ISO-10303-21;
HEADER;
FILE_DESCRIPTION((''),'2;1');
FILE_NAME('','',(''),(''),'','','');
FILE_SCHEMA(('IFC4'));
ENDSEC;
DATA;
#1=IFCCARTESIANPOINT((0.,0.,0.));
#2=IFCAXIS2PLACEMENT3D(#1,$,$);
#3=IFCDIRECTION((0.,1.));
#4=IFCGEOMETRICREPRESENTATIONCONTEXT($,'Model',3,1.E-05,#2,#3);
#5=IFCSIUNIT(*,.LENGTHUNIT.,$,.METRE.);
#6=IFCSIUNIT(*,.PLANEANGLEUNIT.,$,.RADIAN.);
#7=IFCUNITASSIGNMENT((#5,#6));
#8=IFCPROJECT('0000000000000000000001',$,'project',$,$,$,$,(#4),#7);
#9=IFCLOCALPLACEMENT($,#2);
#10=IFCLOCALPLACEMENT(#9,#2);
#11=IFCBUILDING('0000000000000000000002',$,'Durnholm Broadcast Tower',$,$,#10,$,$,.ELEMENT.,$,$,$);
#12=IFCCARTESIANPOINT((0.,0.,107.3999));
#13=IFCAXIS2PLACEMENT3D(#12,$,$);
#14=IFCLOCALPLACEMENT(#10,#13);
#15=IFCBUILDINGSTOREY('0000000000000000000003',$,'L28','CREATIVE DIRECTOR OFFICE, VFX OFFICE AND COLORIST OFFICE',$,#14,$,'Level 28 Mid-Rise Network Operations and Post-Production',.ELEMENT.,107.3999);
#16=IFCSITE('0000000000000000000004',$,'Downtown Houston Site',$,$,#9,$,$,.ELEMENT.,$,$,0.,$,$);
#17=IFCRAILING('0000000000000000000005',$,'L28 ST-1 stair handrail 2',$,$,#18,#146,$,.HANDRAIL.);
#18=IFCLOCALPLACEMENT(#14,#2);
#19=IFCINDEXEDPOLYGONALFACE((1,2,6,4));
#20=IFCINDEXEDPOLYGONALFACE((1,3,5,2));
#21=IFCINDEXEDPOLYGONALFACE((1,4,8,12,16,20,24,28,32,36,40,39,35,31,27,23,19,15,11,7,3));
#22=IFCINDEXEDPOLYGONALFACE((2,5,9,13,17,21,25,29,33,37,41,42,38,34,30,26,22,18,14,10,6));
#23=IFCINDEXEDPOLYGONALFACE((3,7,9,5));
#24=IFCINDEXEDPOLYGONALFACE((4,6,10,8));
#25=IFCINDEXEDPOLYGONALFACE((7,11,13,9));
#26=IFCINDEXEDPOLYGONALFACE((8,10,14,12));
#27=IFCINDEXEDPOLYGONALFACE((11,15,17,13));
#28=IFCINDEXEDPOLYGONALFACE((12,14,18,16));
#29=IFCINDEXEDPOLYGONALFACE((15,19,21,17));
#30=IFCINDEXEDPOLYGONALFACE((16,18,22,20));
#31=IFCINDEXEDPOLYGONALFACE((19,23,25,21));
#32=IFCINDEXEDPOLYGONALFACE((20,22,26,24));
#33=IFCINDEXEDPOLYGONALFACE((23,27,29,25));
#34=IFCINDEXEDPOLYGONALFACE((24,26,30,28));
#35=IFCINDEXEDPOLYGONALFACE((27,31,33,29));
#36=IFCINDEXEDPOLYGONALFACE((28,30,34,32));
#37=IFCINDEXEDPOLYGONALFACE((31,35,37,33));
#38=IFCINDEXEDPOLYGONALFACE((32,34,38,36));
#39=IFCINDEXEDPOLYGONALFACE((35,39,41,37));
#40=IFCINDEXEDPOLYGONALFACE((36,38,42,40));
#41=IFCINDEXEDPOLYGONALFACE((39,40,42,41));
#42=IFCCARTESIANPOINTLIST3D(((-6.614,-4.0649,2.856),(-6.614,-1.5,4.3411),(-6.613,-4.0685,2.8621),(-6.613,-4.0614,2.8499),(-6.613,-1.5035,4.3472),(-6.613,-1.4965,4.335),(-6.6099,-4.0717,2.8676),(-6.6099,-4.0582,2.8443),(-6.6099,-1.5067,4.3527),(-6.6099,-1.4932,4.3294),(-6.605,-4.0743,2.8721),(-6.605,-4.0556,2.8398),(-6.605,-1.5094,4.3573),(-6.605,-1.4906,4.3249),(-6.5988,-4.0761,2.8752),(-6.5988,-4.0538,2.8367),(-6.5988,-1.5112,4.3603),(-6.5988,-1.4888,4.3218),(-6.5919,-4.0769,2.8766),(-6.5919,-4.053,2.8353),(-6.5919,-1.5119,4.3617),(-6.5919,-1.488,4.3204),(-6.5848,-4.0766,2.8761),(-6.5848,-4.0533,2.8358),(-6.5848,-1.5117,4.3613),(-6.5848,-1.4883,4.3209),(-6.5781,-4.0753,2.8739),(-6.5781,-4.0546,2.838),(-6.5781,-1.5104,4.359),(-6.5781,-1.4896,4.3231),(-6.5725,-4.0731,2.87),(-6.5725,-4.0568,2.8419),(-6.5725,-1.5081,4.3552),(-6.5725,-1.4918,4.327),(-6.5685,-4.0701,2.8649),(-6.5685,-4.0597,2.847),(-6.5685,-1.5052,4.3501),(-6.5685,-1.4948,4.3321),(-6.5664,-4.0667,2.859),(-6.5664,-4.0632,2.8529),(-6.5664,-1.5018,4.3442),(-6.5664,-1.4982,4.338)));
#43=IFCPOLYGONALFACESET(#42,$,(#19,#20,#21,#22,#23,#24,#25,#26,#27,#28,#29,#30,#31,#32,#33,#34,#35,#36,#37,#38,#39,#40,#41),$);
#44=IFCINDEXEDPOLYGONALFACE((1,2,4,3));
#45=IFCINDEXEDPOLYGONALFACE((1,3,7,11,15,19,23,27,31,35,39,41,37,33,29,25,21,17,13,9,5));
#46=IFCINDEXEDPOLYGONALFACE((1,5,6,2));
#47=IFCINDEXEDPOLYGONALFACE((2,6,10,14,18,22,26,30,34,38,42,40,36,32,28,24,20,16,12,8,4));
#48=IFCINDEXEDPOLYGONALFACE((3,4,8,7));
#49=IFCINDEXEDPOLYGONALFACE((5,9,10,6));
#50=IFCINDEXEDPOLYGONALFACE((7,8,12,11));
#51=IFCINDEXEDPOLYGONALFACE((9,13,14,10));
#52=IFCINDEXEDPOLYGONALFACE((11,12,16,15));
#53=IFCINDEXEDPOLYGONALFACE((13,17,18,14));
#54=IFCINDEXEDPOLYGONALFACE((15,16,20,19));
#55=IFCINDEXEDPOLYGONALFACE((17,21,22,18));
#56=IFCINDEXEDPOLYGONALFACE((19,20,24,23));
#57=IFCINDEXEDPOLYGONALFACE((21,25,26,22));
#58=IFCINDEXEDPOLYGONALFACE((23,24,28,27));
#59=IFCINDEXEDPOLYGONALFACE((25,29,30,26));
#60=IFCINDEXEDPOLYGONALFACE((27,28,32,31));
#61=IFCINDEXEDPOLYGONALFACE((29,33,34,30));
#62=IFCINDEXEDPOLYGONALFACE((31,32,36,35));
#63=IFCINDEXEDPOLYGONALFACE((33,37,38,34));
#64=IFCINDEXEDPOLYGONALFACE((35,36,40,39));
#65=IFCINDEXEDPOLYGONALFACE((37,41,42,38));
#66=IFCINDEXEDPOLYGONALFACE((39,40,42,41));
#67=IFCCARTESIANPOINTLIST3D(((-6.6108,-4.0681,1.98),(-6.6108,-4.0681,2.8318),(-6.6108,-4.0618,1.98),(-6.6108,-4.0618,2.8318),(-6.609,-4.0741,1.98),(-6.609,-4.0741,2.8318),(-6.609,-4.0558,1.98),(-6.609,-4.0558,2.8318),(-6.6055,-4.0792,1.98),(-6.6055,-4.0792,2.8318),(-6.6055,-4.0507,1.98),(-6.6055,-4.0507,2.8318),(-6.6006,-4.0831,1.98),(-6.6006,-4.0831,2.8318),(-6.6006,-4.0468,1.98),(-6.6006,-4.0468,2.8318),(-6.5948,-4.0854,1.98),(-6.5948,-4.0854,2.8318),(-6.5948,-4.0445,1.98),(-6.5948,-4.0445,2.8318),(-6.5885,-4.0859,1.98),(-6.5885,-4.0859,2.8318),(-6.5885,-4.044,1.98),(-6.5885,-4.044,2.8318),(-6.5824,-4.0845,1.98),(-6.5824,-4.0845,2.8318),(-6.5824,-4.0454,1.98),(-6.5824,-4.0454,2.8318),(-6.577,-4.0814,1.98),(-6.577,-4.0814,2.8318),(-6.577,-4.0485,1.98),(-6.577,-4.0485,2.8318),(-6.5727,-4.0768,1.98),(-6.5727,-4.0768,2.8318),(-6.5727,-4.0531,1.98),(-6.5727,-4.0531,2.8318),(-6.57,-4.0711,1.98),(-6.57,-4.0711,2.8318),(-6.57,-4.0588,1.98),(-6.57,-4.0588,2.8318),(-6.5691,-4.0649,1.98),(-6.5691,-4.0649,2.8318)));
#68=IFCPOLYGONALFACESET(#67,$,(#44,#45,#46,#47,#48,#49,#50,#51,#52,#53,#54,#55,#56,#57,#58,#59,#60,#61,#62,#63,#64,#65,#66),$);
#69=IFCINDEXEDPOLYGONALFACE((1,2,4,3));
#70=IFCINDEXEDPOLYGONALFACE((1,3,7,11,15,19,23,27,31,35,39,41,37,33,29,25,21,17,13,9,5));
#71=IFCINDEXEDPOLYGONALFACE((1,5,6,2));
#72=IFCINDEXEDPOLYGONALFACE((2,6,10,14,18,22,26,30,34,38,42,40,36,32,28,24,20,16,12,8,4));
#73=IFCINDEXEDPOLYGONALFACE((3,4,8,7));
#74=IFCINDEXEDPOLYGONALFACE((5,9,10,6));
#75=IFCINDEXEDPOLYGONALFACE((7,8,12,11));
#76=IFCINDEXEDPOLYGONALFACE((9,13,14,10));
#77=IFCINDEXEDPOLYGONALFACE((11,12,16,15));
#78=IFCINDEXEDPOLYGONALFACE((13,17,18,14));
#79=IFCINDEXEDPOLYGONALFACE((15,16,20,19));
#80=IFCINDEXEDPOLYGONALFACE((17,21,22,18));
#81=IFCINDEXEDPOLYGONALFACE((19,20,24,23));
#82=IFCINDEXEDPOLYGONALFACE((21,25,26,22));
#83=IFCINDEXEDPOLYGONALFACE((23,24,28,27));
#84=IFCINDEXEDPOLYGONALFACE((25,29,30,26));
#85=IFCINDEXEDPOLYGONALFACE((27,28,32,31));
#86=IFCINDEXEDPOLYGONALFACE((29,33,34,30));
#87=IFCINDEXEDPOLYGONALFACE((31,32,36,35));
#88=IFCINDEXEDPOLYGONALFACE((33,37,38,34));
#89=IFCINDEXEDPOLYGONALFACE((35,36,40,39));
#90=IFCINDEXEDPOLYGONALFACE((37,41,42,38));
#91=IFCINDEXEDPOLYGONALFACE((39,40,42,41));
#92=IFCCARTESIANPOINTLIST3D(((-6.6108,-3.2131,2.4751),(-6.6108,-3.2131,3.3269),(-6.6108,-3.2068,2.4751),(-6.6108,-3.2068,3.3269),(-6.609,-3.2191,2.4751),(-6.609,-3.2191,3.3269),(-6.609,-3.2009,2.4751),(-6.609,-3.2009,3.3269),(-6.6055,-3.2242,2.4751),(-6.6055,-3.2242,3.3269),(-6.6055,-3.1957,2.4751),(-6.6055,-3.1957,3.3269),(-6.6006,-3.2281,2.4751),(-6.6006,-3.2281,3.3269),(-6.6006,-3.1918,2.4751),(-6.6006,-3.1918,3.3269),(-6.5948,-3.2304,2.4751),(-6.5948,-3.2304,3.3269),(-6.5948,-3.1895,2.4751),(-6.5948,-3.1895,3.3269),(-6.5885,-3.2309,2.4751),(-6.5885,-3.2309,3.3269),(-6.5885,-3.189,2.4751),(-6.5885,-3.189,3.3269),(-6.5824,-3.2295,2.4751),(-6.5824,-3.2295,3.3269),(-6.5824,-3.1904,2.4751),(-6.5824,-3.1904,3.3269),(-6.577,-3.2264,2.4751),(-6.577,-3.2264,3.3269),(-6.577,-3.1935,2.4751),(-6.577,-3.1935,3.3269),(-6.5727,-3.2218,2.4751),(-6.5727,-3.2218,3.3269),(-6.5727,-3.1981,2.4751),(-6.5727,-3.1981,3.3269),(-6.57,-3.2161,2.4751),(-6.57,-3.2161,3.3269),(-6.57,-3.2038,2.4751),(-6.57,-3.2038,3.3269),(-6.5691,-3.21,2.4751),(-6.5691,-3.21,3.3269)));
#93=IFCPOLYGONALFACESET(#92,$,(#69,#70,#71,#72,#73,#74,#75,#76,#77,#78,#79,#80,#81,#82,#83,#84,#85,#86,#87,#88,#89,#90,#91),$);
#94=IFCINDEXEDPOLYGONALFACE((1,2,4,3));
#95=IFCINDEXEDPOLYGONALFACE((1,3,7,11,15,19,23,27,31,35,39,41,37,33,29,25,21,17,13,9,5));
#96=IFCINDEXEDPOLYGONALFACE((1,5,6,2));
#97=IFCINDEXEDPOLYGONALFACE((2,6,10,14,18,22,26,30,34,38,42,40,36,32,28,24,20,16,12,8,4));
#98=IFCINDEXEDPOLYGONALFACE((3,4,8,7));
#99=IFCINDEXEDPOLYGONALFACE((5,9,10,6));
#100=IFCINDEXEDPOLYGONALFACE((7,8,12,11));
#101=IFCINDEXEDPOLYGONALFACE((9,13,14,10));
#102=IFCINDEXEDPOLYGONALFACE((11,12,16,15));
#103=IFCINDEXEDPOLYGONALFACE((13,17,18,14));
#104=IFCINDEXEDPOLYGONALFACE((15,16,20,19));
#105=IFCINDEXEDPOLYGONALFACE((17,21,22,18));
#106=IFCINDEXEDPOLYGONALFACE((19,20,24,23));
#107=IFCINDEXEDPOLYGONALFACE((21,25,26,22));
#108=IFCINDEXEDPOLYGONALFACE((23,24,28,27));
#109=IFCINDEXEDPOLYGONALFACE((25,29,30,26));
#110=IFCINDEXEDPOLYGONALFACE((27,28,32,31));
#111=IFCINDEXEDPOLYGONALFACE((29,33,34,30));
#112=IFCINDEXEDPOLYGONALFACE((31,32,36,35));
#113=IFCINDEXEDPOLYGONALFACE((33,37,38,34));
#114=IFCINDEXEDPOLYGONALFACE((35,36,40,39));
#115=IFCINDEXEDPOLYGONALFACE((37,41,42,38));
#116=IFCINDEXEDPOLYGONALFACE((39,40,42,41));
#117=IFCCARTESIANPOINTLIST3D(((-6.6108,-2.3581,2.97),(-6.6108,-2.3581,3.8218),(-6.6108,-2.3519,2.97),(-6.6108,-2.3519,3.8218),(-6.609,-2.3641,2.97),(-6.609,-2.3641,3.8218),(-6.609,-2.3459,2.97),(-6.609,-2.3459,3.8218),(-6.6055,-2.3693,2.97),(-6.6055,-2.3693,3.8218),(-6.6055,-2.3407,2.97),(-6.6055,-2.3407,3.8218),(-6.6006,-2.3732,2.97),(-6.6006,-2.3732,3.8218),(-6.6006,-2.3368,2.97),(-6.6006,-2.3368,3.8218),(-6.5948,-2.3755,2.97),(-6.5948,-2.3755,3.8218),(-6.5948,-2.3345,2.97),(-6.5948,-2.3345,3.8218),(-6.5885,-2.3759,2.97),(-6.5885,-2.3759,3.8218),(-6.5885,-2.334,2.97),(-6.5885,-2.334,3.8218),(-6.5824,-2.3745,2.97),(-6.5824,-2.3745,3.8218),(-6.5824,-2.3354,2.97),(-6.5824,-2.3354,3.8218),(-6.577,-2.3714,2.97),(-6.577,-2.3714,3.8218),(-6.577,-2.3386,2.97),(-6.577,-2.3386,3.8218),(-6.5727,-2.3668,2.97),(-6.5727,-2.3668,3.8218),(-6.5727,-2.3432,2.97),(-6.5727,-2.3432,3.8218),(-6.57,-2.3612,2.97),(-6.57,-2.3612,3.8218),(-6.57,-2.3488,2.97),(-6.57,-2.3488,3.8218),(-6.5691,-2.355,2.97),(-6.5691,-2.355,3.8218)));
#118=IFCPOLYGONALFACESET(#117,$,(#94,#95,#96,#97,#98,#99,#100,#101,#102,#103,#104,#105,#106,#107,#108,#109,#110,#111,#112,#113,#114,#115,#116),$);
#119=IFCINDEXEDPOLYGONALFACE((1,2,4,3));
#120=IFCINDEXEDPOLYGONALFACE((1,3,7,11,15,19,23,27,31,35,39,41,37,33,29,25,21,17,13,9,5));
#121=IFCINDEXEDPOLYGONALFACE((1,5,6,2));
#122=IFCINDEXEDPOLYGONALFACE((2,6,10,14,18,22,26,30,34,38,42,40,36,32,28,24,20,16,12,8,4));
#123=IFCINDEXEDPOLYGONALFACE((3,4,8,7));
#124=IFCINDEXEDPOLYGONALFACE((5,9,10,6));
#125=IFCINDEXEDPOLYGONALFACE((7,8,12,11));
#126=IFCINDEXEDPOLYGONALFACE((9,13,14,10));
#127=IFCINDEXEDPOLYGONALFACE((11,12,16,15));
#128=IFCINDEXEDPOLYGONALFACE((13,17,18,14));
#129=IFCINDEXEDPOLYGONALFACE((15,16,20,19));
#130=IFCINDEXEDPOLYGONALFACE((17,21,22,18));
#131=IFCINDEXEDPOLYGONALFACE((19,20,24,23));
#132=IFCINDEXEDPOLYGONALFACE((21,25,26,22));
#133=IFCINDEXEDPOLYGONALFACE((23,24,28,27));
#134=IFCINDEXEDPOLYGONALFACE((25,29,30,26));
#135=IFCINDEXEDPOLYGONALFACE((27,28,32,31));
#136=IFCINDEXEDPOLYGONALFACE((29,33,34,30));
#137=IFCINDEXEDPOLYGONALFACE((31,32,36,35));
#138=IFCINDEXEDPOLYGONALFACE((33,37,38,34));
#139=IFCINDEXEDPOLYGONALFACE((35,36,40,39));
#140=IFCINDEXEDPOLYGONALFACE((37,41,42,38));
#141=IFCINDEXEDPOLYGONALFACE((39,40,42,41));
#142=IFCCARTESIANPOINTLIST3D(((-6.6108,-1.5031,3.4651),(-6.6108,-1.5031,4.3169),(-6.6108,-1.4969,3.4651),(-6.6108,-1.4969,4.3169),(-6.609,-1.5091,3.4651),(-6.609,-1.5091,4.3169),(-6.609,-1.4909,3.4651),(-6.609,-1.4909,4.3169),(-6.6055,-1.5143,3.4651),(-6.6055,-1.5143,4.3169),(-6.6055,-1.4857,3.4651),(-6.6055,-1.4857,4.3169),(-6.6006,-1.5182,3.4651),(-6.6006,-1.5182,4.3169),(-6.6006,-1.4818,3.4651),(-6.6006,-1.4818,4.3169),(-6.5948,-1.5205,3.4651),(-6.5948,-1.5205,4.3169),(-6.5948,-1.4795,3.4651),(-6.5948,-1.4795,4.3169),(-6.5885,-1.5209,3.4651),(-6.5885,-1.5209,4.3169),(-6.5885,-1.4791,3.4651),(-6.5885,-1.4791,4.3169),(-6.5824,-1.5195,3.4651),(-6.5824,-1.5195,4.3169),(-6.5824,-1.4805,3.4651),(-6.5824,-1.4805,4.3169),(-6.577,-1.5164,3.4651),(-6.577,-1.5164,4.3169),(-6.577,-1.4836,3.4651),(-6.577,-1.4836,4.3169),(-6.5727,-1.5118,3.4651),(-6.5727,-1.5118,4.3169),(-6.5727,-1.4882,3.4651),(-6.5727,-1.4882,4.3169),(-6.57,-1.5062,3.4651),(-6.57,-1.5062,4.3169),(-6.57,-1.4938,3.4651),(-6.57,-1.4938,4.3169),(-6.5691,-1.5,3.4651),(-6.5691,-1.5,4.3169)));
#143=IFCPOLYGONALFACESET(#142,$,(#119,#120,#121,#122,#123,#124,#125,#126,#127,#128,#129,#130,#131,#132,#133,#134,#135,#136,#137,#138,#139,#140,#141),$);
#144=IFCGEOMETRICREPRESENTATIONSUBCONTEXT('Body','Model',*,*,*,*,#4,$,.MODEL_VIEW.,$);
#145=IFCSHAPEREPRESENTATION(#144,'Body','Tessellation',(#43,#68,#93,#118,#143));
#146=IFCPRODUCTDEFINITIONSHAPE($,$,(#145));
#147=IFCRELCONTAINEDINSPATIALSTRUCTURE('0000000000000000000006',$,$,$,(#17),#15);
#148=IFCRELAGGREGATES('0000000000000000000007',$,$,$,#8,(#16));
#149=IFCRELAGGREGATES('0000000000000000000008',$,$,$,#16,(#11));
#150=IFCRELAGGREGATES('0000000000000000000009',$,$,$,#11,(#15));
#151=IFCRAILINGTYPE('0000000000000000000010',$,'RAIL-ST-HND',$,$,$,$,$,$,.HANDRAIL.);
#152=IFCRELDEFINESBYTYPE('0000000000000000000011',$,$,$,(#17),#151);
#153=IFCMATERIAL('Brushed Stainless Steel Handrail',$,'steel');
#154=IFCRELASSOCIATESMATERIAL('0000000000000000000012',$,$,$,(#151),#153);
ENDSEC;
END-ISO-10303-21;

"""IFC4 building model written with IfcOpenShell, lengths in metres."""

from ifc_helpers import new_model, si_unit, direction, frame, origin, origin_2d, place, context, subcontext, project, spatial, circle, extrude, material, type_object, element, save


model = new_model("IFC4")

# Units and contexts
model_context = context("Model", 3, precision=1e-05, world=origin(), true_north=direction((0.0, 1.0)))
body_context = subcontext(model_context, "Body", "Model", "MODEL_VIEW")
ifc_project = project(units=[si_unit("LENGTHUNIT", "METRE"), si_unit("PLANEANGLEUNIT", "RADIAN")], contexts=[model_context])

# Site, building, storey
site_placement = place(None, origin())
site = spatial("IfcSite", under=ifc_project, at=site_placement, Name="Downtown Houston Site", CompositionType="ELEMENT", RefElevation=0.0)
building_placement = place(site_placement, origin())
building = spatial("IfcBuilding", under=site, at=building_placement, Name="Durnholm Broadcast Tower", CompositionType="ELEMENT")
storey_placement = place(building_placement, frame((0.0, 0.0, 107.3999)))
storey = spatial("IfcBuildingStorey", under=building, at=storey_placement, Name="L28", Description="CREATIVE DIRECTOR OFFICE, VFX OFFICE AND COLORIST OFFICE", LongName="Level 28 Mid-Rise Network Operations and Post-Production", CompositionType="ELEMENT", Elevation=107.3999)

# Railing
ifc_material_1 = material(Name="Brushed Stainless Steel Handrail", Category="steel")
railing_type_1 = type_object("IfcRailingType", Name="RAIL-ST-HND", PredefinedType="HANDRAIL", material=ifc_material_1)
railing_1_placement = place(storey_placement, frame((-6.5901, -4.0649, 1.98)))
element("IfcRailing", 1, at=railing_1_placement, inside=storey, type_object=railing_type_1, Name="L28 ST-1 stair handrail 2", PredefinedType="HANDRAIL", context=body_context, shape_type="SweptSolid", body=[
    extrude(circle(Radius=0.0239, at=origin_2d()), frame((0.0, 0.0, 0.876), z_axis=(0.0, 0.865406, 0.501072), x_axis=(-1.0, 0.0, 0.0)), (0.0, 0.0, 1.0), 2.9639),
    extrude(circle(Radius=0.021, at=origin_2d()), origin(), (0.0, 0.0, 1.0), 0.8518),
    extrude(circle(Radius=0.021, at=origin_2d()), frame((0.0, 0.855, 0.4951)), (0.0, 0.0, 1.0), 0.8518),
    extrude(circle(Radius=0.021, at=origin_2d()), frame((0.0, 1.71, 0.99)), (0.0, 0.0, 1.0), 0.8518),
    extrude(circle(Radius=0.021, at=origin_2d()), frame((0.0, 2.5649, 1.4851)), (0.0, 0.0, 1.0), 0.8518),
])

save(model, "model.ifc")
